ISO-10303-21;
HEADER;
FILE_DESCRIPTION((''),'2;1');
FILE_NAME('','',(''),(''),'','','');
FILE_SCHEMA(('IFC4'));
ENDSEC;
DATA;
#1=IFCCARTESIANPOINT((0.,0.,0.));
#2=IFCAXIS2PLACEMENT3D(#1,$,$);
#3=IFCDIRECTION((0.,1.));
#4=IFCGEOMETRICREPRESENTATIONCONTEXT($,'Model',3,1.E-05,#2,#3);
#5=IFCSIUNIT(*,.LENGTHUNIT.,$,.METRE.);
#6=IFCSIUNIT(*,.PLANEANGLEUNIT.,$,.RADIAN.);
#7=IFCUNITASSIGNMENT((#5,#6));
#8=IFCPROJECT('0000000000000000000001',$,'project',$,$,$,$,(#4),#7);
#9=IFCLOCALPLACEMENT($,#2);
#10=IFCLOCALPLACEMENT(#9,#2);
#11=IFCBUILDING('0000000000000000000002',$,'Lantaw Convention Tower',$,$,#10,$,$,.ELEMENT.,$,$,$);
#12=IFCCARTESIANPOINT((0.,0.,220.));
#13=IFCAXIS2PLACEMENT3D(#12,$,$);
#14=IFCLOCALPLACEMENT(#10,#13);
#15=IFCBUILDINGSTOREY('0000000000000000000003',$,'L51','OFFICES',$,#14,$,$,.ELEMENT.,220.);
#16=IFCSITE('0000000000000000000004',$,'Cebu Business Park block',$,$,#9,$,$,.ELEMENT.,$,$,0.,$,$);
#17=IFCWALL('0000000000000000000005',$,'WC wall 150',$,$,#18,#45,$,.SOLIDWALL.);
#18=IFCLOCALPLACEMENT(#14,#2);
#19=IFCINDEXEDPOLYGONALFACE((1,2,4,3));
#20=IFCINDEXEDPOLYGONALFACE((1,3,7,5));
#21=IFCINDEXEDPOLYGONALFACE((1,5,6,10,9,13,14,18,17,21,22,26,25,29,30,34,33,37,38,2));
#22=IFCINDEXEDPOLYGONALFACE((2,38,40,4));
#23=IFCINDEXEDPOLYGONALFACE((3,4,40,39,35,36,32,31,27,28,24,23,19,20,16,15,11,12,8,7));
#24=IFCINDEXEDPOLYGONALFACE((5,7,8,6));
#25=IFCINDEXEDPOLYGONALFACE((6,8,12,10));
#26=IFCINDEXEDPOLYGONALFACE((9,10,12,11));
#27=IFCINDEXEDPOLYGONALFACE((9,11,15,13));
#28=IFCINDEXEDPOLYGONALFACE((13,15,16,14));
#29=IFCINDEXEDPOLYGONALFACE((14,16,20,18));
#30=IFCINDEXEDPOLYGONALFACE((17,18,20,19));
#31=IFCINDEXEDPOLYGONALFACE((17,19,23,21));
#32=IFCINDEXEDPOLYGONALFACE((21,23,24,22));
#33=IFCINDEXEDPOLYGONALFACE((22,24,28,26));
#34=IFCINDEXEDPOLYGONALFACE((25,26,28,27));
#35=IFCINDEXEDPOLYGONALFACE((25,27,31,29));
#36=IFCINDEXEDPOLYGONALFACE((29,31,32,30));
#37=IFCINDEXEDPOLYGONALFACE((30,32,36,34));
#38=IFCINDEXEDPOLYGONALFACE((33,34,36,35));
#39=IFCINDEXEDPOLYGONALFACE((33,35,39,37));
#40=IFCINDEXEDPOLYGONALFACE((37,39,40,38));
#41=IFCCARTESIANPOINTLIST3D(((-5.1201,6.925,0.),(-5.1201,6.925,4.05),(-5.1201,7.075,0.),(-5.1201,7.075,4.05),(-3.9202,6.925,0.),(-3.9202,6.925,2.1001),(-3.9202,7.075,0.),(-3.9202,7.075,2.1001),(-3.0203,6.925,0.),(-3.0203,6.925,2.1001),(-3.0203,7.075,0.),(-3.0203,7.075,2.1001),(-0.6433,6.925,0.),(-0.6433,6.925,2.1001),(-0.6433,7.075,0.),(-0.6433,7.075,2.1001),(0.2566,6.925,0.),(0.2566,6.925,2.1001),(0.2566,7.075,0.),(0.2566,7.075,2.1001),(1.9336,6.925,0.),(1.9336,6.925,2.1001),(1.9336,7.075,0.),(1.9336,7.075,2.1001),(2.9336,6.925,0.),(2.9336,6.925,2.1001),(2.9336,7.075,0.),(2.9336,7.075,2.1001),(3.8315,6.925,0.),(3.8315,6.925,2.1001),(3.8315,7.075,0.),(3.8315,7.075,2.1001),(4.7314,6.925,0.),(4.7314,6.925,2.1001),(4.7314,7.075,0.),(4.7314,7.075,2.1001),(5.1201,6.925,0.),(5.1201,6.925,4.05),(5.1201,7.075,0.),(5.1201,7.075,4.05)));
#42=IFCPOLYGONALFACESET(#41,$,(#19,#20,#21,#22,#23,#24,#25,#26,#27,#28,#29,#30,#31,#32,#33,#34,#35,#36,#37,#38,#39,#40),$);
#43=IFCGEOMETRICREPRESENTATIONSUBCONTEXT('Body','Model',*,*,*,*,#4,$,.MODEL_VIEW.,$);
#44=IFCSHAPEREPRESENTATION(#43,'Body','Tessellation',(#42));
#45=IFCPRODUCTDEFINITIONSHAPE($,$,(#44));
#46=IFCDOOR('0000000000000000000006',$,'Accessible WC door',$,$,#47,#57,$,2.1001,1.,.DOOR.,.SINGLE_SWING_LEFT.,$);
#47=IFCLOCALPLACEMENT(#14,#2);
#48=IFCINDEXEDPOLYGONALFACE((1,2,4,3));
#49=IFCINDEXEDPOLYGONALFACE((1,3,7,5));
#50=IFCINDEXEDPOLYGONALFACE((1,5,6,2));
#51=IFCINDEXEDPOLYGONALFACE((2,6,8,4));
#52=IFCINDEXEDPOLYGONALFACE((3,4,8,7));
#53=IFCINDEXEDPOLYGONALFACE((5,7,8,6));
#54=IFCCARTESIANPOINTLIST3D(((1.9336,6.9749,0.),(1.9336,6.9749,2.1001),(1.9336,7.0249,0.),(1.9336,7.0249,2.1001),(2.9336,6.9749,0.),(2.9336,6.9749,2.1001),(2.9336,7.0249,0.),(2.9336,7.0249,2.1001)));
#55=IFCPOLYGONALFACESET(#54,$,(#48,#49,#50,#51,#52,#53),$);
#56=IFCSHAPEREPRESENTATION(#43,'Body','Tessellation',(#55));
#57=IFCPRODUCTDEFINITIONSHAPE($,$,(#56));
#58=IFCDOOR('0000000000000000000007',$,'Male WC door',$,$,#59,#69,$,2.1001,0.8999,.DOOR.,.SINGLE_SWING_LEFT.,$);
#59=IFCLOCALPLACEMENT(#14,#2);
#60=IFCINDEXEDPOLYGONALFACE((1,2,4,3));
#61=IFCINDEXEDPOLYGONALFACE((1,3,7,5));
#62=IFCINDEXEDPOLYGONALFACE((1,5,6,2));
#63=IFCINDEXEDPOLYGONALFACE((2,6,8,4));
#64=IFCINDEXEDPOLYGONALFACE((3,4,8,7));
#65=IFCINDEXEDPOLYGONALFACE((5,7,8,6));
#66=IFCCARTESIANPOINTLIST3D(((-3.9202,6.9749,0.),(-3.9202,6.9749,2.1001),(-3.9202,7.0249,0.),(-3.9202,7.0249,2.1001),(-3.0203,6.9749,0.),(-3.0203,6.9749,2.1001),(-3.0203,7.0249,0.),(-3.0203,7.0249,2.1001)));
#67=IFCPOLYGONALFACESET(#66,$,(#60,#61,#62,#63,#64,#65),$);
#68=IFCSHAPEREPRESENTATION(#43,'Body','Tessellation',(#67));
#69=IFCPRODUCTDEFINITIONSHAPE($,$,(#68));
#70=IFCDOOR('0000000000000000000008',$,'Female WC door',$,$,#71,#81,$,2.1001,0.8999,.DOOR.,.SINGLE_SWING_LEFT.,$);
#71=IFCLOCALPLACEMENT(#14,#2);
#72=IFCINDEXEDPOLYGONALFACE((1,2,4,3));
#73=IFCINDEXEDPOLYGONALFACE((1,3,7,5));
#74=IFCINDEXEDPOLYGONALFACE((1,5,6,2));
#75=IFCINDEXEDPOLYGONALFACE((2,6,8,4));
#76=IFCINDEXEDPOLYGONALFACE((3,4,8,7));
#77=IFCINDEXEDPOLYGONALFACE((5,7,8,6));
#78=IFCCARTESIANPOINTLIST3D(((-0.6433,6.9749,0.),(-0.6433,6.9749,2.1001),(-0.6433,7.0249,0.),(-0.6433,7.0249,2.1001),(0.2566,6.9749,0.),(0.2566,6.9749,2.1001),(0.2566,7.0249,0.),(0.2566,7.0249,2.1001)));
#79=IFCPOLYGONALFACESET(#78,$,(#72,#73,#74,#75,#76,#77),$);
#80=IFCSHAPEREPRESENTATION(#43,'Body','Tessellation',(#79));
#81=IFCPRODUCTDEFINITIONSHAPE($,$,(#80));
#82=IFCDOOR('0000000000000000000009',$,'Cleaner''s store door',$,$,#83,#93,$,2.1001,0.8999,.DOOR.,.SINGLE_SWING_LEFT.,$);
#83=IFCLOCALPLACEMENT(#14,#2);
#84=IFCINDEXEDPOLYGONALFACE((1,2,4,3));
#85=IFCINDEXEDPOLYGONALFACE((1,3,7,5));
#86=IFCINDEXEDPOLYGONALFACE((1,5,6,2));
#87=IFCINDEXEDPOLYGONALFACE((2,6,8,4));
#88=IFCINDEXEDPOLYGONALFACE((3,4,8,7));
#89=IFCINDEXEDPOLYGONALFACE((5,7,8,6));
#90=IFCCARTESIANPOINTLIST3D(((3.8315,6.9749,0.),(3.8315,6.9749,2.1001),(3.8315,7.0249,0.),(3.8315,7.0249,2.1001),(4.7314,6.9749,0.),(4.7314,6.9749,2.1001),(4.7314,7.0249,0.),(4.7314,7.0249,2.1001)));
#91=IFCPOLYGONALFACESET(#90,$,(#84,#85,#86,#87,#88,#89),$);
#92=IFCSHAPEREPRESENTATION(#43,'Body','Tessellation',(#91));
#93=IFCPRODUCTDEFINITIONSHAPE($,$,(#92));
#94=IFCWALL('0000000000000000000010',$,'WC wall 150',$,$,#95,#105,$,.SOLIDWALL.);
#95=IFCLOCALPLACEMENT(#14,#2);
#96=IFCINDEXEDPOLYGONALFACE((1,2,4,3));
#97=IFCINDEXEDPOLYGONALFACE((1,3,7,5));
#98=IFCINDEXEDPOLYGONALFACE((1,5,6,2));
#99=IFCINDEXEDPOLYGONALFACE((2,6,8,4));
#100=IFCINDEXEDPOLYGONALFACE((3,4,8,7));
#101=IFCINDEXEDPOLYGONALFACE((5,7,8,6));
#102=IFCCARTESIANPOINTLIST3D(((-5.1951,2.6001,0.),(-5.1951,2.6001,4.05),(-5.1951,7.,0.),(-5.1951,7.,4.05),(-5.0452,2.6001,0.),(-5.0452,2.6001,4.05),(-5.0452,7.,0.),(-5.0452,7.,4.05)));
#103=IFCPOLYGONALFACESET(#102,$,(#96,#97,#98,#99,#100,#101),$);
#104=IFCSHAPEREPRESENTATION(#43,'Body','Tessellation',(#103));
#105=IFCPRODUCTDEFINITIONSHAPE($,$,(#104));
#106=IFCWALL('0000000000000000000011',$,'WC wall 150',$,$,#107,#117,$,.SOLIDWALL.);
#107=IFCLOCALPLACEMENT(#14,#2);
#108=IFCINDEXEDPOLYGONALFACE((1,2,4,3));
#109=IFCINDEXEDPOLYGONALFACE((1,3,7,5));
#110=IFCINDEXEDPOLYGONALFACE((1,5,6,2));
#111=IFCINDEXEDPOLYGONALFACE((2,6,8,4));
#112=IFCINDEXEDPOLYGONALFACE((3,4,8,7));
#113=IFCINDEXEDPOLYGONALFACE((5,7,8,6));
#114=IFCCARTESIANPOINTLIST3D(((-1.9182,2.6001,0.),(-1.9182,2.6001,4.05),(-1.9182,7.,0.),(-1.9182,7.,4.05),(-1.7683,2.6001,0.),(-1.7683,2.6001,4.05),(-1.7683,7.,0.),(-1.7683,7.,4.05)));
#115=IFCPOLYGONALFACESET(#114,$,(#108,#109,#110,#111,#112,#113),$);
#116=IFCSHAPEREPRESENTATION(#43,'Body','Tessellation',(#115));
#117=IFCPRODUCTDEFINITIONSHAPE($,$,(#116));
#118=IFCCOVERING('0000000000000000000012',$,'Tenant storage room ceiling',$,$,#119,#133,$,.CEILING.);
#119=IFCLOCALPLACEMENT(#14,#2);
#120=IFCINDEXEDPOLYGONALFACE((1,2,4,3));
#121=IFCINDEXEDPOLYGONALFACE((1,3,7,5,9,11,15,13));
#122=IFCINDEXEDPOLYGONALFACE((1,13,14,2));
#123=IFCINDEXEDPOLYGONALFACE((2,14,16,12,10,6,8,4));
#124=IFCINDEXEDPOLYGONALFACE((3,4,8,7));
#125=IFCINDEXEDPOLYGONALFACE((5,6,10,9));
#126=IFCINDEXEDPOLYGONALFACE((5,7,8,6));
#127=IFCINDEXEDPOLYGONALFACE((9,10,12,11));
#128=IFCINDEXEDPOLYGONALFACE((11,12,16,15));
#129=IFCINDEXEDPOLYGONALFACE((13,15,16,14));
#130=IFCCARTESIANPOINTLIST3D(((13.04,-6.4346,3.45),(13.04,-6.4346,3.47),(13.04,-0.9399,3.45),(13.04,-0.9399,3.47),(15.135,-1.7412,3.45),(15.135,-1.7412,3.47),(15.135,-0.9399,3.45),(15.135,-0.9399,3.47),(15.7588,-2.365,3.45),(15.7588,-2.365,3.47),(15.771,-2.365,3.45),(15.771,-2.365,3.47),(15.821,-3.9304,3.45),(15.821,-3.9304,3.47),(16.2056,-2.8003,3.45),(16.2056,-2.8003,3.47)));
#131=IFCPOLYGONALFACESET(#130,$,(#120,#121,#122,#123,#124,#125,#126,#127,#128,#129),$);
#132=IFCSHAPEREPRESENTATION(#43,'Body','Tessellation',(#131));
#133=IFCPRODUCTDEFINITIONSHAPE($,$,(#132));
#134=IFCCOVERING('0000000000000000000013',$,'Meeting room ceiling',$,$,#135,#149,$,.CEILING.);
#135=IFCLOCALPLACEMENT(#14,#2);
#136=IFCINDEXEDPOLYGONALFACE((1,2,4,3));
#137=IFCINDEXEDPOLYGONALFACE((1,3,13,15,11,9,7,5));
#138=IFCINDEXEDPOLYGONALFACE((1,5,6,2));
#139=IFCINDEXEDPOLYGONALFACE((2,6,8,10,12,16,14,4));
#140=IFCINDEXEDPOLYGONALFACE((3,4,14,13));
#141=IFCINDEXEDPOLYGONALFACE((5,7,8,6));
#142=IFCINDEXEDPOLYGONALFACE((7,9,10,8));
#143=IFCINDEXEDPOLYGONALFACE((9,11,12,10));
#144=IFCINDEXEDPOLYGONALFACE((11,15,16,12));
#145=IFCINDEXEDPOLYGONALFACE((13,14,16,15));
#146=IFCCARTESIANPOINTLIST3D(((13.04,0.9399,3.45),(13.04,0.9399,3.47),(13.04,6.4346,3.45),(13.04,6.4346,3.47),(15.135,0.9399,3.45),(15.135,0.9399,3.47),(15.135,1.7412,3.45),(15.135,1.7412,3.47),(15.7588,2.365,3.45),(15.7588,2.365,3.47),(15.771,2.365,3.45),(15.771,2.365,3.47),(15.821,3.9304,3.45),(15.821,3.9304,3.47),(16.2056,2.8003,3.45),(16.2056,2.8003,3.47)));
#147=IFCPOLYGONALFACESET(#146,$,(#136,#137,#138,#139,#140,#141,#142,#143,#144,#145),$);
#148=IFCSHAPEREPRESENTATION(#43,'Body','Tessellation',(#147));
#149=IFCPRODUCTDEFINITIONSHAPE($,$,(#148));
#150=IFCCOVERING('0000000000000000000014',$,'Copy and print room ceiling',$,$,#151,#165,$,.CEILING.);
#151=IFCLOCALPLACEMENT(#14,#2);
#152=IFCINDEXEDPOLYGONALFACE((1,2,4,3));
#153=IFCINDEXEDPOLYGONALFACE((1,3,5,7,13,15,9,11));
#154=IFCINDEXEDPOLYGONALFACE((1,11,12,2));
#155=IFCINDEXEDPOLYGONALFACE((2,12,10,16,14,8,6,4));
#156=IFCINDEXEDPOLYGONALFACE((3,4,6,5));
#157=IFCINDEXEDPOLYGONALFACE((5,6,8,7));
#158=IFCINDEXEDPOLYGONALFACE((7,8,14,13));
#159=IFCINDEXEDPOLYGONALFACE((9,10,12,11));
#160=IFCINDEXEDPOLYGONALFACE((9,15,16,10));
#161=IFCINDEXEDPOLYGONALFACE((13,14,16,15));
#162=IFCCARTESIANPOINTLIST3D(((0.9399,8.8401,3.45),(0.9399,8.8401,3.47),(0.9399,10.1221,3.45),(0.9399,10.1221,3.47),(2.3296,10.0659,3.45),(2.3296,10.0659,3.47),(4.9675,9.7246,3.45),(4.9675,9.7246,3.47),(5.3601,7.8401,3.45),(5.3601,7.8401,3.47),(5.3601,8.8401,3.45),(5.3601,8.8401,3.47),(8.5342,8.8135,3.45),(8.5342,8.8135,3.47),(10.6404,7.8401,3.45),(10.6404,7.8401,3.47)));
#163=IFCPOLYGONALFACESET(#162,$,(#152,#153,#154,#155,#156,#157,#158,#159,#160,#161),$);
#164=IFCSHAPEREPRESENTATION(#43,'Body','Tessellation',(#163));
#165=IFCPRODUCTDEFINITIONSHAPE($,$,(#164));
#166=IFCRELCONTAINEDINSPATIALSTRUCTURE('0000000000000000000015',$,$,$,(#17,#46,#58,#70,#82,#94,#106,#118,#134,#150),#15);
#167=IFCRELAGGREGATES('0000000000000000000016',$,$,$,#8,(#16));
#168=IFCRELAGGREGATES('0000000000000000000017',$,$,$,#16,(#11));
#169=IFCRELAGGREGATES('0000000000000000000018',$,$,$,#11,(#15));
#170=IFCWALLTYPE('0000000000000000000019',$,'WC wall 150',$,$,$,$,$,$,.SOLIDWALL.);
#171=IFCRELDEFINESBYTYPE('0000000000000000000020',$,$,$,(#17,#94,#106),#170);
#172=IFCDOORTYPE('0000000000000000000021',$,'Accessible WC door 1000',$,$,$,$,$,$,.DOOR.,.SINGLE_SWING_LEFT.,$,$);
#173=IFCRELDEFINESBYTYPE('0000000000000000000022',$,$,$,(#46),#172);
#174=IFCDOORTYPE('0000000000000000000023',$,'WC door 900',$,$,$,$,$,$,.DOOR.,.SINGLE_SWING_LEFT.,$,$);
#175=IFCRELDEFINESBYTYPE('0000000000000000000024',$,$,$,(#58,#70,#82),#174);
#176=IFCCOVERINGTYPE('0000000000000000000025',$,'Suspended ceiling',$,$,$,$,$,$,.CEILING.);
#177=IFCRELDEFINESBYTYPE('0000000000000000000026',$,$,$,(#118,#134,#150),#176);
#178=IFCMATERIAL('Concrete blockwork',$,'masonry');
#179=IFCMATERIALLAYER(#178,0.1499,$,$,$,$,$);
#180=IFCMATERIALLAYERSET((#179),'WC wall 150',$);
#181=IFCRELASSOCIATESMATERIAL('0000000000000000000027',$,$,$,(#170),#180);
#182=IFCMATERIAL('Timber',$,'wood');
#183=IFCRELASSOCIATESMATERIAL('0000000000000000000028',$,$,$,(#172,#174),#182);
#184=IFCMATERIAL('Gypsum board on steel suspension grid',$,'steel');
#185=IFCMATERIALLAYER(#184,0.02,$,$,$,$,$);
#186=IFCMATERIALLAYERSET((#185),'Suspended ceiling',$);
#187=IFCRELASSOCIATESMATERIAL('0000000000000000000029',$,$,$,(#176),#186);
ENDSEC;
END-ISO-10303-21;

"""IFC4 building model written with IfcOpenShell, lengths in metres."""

from ifc_helpers import new_model, si_unit, direction, frame, frame_2d, origin, place, context, subcontext, project, spatial, polyline, rectangle, outline, extrude, material, layer, layer_set, type_object, element, fill, save


model = new_model("IFC4")

# Units and contexts
model_context = context("Model", 3, precision=1e-05, world=origin(), true_north=direction((0.0, 1.0)))
body_context = subcontext(model_context, "Body", "Model", "MODEL_VIEW")
ifc_project = project(units=[si_unit("LENGTHUNIT", "METRE"), si_unit("PLANEANGLEUNIT", "RADIAN")], contexts=[model_context])

# Site, building, storey
site_placement = place(None, origin())
site = spatial("IfcSite", under=ifc_project, at=site_placement, Name="Cebu Business Park block", CompositionType="ELEMENT", RefElevation=0.0)
building_placement = place(site_placement, origin())
building = spatial("IfcBuilding", under=site, at=building_placement, Name="Lantaw Convention Tower", CompositionType="ELEMENT")
storey_placement = place(building_placement, frame((0.0, 0.0, 220.0)))
storey = spatial("IfcBuildingStorey", under=building, at=storey_placement, Name="L51", Description="OFFICES", CompositionType="ELEMENT", Elevation=220.0)

# Wall, openings, doors
ifc_material_1 = material(Name="Concrete blockwork", Category="masonry")
ifc_layer_1 = layer(ifc_material_1, 0.1499)
ifc_layer_set_1 = layer_set([ifc_layer_1], Name="WC wall 150")
wall_type_1 = type_object("IfcWallType", Name="WC wall 150", PredefinedType="SOLIDWALL", material=ifc_layer_set_1)
wall_1_placement = place(storey_placement, frame((-5.1201, 7.0, 0.0), z_axis=(0.0, 0.0, 1.0), x_axis=(1.0, 0.0, 0.0)))
wall_1 = element("IfcWall", 1, at=wall_1_placement, inside=storey, type_object=wall_type_1, Name="WC wall 150", PredefinedType="SOLIDWALL", context=body_context, shape_type="SweptSolid", body=[
    extrude(rectangle(XDim=10.2402, YDim=0.1499, at=frame_2d((5.1201, 0.0))), origin(), (0.0, 0.0, 1.0), 4.05),
])
opening_1_placement = place(wall_1_placement, frame((1.2, 0.0, 0.0)))
opening_1 = element("IfcOpeningElement", 2, at=opening_1_placement, cuts=wall_1, PredefinedType="OPENING", context=body_context, shape_type="SweptSolid", body=[
    extrude(rectangle(XDim=0.8999, YDim=2.1001, at=frame_2d((0.45, 1.05))), frame((0.0, 0.085, 0.0), z_axis=(0.0, -1.0, 0.0), x_axis=(1.0, 0.0, 0.0)), (0.0, 0.0, 1.0), 0.1699),
])
opening_2_placement = place(wall_1_placement, frame((4.4768, 0.0, 0.0)))
opening_2 = element("IfcOpeningElement", 3, at=opening_2_placement, cuts=wall_1, PredefinedType="OPENING", context=body_context, shape_type="SweptSolid", body=[
    extrude(rectangle(XDim=0.8999, YDim=2.1001, at=frame_2d((0.45, 1.05))), frame((0.0, 0.085, 0.0), z_axis=(0.0, -1.0, 0.0), x_axis=(1.0, 0.0, 0.0)), (0.0, 0.0, 1.0), 0.1699),
])
opening_3_placement = place(wall_1_placement, frame((7.0537, 0.0, 0.0)))
opening_3 = element("IfcOpeningElement", 4, at=opening_3_placement, cuts=wall_1, PredefinedType="OPENING", context=body_context, shape_type="SweptSolid", body=[
    extrude(rectangle(XDim=1.0, YDim=2.1001, at=frame_2d((0.5, 1.05))), frame((0.0, 0.085, 0.0), z_axis=(0.0, -1.0, 0.0), x_axis=(1.0, 0.0, 0.0)), (0.0, 0.0, 1.0), 0.1699),
])
opening_4_placement = place(wall_1_placement, frame((8.9517, 0.0, 0.0)))
opening_4 = element("IfcOpeningElement", 5, at=opening_4_placement, cuts=wall_1, PredefinedType="OPENING", context=body_context, shape_type="SweptSolid", body=[
    extrude(rectangle(XDim=0.8999, YDim=2.1001, at=frame_2d((0.45, 1.05))), frame((0.0, 0.085, 0.0), z_axis=(0.0, -1.0, 0.0), x_axis=(1.0, 0.0, 0.0)), (0.0, 0.0, 1.0), 0.1699),
])
ifc_material_2 = material(Name="Timber", Category="wood")
door_type_1 = type_object("IfcDoorType", Name="Accessible WC door 1000", OperationType="SINGLE_SWING_LEFT", PredefinedType="DOOR", material=ifc_material_2)
door_1_placement = place(opening_3_placement, origin())
door_1 = element("IfcDoor", 6, at=door_1_placement, inside=storey, type_object=door_type_1, Name="Accessible WC door", OperationType="SINGLE_SWING_LEFT", OverallHeight=2.1001, OverallWidth=1.0, PredefinedType="DOOR", context=body_context, shape_type="SweptSolid", body=[
    extrude(rectangle(XDim=1.0, YDim=2.1001, at=frame_2d((0.5, 1.05))), frame((0.0, 0.0249, 0.0), z_axis=(0.0, -1.0, 0.0), x_axis=(1.0, 0.0, 0.0)), (0.0, 0.0, 1.0), 0.05),
])
fill(opening_3, door_1)
door_type_2 = type_object("IfcDoorType", Name="WC door 900", OperationType="SINGLE_SWING_LEFT", PredefinedType="DOOR", material=ifc_material_2)
door_2_placement = place(opening_1_placement, origin())
door_2 = element("IfcDoor", 7, at=door_2_placement, inside=storey, type_object=door_type_2, Name="Male WC door", OperationType="SINGLE_SWING_LEFT", OverallHeight=2.1001, OverallWidth=0.8999, PredefinedType="DOOR", context=body_context, shape_type="SweptSolid", body=[
    extrude(rectangle(XDim=0.8999, YDim=2.1001, at=frame_2d((0.45, 1.05))), frame((0.0, 0.0249, 0.0), z_axis=(0.0, -1.0, 0.0), x_axis=(1.0, 0.0, 0.0)), (0.0, 0.0, 1.0), 0.05),
])
fill(opening_1, door_2)
door_3_placement = place(opening_2_placement, origin())
door_3 = element("IfcDoor", 8, at=door_3_placement, inside=storey, type_object=door_type_2, Name="Female WC door", OperationType="SINGLE_SWING_LEFT", OverallHeight=2.1001, OverallWidth=0.8999, PredefinedType="DOOR", context=body_context, shape_type="SweptSolid", body=[
    extrude(rectangle(XDim=0.8999, YDim=2.1001, at=frame_2d((0.45, 1.05))), frame((0.0, 0.0249, 0.0), z_axis=(0.0, -1.0, 0.0), x_axis=(1.0, 0.0, 0.0)), (0.0, 0.0, 1.0), 0.05),
])
fill(opening_2, door_3)
door_4_placement = place(opening_4_placement, origin())
door_4 = element("IfcDoor", 9, at=door_4_placement, inside=storey, type_object=door_type_2, Name="Cleaner's store door", OperationType="SINGLE_SWING_LEFT", OverallHeight=2.1001, OverallWidth=0.8999, PredefinedType="DOOR", context=body_context, shape_type="SweptSolid", body=[
    extrude(rectangle(XDim=0.8999, YDim=2.1001, at=frame_2d((0.45, 1.05))), frame((0.0, 0.0249, 0.0), z_axis=(0.0, -1.0, 0.0), x_axis=(1.0, 0.0, 0.0)), (0.0, 0.0, 1.0), 0.05),
])
fill(opening_4, door_4)

# Walls
for number, where, z_axis, x_axis, name in (
    (10, (-5.1201, 2.6001, 0.0), (0.0, 0.0, 1.0), (0.0, 1.0, 0.0), "WC wall 150"),
    (11, (-1.8433, 2.6001, 0.0), (0.0, 0.0, 1.0), (0.0, 1.0, 0.0), "WC wall 150"),
):
    element("IfcWall", number, at=place(storey_placement, frame(where, z_axis=z_axis, x_axis=x_axis)), inside=storey, type_object=wall_type_1, Name=name, PredefinedType="SOLIDWALL", context=body_context, shape_type="SweptSolid", body=[
        extrude(rectangle(XDim=4.3999, YDim=0.1499, at=frame_2d((2.2, 0.0))), origin(), (0.0, 0.0, 1.0), 4.05),
    ])

# Coverings
ifc_material_3 = material(Name="Gypsum board on steel suspension grid", Category="steel")
ifc_layer_2 = layer(ifc_material_3, 0.02)
ifc_layer_set_2 = layer_set([ifc_layer_2], Name="Suspended ceiling")
covering_type = type_object("IfcCoveringType", Name="Suspended ceiling", PredefinedType="CEILING", material=ifc_layer_set_2)
covering_1_placement = place(storey_placement, frame((0.0, 0.0, 3.45)))
element("IfcCovering", 12, at=covering_1_placement, inside=storey, type_object=covering_type, Name="Tenant storage room ceiling", PredefinedType="CEILING", context=body_context, shape_type="SweptSolid", body=[
    extrude(outline(polyline([(15.135, -1.7412), (15.135, -0.9399), (13.04, -0.9399), (13.04, -6.4346), (15.821, -3.9304), (16.2056, -2.8003), (15.771, -2.365), (15.7588, -2.365), (15.135, -1.7412)])), origin(), (0.0, 0.0, 1.0), 0.02),
])
covering_2_placement = place(storey_placement, frame((0.0, 0.0, 3.45)))
element("IfcCovering", 13, at=covering_2_placement, inside=storey, type_object=covering_type, Name="Meeting room ceiling", PredefinedType="CEILING", context=body_context, shape_type="SweptSolid", body=[
    extrude(outline(polyline([(15.771, 2.365), (16.2056, 2.8003), (15.821, 3.9304), (13.04, 6.4346), (13.04, 0.9399), (15.135, 0.9399), (15.135, 1.7412), (15.7588, 2.365), (15.771, 2.365)])), origin(), (0.0, 0.0, 1.0), 0.02),
])
covering_3_placement = place(storey_placement, frame((0.0, 0.0, 3.45)))
element("IfcCovering", 14, at=covering_3_placement, inside=storey, type_object=covering_type, Name="Copy and print room ceiling", PredefinedType="CEILING", context=body_context, shape_type="SweptSolid", body=[
    extrude(outline(polyline([(5.3601, 7.8401), (10.6404, 7.8401), (8.5342, 8.8135), (4.9675, 9.7246), (2.3296, 10.0659), (0.9399, 10.1221), (0.9399, 8.8401), (5.3601, 8.8401), (5.3601, 7.8401)])), origin(), (0.0, 0.0, 1.0), 0.02),
])

save(model, "model.ifc")
